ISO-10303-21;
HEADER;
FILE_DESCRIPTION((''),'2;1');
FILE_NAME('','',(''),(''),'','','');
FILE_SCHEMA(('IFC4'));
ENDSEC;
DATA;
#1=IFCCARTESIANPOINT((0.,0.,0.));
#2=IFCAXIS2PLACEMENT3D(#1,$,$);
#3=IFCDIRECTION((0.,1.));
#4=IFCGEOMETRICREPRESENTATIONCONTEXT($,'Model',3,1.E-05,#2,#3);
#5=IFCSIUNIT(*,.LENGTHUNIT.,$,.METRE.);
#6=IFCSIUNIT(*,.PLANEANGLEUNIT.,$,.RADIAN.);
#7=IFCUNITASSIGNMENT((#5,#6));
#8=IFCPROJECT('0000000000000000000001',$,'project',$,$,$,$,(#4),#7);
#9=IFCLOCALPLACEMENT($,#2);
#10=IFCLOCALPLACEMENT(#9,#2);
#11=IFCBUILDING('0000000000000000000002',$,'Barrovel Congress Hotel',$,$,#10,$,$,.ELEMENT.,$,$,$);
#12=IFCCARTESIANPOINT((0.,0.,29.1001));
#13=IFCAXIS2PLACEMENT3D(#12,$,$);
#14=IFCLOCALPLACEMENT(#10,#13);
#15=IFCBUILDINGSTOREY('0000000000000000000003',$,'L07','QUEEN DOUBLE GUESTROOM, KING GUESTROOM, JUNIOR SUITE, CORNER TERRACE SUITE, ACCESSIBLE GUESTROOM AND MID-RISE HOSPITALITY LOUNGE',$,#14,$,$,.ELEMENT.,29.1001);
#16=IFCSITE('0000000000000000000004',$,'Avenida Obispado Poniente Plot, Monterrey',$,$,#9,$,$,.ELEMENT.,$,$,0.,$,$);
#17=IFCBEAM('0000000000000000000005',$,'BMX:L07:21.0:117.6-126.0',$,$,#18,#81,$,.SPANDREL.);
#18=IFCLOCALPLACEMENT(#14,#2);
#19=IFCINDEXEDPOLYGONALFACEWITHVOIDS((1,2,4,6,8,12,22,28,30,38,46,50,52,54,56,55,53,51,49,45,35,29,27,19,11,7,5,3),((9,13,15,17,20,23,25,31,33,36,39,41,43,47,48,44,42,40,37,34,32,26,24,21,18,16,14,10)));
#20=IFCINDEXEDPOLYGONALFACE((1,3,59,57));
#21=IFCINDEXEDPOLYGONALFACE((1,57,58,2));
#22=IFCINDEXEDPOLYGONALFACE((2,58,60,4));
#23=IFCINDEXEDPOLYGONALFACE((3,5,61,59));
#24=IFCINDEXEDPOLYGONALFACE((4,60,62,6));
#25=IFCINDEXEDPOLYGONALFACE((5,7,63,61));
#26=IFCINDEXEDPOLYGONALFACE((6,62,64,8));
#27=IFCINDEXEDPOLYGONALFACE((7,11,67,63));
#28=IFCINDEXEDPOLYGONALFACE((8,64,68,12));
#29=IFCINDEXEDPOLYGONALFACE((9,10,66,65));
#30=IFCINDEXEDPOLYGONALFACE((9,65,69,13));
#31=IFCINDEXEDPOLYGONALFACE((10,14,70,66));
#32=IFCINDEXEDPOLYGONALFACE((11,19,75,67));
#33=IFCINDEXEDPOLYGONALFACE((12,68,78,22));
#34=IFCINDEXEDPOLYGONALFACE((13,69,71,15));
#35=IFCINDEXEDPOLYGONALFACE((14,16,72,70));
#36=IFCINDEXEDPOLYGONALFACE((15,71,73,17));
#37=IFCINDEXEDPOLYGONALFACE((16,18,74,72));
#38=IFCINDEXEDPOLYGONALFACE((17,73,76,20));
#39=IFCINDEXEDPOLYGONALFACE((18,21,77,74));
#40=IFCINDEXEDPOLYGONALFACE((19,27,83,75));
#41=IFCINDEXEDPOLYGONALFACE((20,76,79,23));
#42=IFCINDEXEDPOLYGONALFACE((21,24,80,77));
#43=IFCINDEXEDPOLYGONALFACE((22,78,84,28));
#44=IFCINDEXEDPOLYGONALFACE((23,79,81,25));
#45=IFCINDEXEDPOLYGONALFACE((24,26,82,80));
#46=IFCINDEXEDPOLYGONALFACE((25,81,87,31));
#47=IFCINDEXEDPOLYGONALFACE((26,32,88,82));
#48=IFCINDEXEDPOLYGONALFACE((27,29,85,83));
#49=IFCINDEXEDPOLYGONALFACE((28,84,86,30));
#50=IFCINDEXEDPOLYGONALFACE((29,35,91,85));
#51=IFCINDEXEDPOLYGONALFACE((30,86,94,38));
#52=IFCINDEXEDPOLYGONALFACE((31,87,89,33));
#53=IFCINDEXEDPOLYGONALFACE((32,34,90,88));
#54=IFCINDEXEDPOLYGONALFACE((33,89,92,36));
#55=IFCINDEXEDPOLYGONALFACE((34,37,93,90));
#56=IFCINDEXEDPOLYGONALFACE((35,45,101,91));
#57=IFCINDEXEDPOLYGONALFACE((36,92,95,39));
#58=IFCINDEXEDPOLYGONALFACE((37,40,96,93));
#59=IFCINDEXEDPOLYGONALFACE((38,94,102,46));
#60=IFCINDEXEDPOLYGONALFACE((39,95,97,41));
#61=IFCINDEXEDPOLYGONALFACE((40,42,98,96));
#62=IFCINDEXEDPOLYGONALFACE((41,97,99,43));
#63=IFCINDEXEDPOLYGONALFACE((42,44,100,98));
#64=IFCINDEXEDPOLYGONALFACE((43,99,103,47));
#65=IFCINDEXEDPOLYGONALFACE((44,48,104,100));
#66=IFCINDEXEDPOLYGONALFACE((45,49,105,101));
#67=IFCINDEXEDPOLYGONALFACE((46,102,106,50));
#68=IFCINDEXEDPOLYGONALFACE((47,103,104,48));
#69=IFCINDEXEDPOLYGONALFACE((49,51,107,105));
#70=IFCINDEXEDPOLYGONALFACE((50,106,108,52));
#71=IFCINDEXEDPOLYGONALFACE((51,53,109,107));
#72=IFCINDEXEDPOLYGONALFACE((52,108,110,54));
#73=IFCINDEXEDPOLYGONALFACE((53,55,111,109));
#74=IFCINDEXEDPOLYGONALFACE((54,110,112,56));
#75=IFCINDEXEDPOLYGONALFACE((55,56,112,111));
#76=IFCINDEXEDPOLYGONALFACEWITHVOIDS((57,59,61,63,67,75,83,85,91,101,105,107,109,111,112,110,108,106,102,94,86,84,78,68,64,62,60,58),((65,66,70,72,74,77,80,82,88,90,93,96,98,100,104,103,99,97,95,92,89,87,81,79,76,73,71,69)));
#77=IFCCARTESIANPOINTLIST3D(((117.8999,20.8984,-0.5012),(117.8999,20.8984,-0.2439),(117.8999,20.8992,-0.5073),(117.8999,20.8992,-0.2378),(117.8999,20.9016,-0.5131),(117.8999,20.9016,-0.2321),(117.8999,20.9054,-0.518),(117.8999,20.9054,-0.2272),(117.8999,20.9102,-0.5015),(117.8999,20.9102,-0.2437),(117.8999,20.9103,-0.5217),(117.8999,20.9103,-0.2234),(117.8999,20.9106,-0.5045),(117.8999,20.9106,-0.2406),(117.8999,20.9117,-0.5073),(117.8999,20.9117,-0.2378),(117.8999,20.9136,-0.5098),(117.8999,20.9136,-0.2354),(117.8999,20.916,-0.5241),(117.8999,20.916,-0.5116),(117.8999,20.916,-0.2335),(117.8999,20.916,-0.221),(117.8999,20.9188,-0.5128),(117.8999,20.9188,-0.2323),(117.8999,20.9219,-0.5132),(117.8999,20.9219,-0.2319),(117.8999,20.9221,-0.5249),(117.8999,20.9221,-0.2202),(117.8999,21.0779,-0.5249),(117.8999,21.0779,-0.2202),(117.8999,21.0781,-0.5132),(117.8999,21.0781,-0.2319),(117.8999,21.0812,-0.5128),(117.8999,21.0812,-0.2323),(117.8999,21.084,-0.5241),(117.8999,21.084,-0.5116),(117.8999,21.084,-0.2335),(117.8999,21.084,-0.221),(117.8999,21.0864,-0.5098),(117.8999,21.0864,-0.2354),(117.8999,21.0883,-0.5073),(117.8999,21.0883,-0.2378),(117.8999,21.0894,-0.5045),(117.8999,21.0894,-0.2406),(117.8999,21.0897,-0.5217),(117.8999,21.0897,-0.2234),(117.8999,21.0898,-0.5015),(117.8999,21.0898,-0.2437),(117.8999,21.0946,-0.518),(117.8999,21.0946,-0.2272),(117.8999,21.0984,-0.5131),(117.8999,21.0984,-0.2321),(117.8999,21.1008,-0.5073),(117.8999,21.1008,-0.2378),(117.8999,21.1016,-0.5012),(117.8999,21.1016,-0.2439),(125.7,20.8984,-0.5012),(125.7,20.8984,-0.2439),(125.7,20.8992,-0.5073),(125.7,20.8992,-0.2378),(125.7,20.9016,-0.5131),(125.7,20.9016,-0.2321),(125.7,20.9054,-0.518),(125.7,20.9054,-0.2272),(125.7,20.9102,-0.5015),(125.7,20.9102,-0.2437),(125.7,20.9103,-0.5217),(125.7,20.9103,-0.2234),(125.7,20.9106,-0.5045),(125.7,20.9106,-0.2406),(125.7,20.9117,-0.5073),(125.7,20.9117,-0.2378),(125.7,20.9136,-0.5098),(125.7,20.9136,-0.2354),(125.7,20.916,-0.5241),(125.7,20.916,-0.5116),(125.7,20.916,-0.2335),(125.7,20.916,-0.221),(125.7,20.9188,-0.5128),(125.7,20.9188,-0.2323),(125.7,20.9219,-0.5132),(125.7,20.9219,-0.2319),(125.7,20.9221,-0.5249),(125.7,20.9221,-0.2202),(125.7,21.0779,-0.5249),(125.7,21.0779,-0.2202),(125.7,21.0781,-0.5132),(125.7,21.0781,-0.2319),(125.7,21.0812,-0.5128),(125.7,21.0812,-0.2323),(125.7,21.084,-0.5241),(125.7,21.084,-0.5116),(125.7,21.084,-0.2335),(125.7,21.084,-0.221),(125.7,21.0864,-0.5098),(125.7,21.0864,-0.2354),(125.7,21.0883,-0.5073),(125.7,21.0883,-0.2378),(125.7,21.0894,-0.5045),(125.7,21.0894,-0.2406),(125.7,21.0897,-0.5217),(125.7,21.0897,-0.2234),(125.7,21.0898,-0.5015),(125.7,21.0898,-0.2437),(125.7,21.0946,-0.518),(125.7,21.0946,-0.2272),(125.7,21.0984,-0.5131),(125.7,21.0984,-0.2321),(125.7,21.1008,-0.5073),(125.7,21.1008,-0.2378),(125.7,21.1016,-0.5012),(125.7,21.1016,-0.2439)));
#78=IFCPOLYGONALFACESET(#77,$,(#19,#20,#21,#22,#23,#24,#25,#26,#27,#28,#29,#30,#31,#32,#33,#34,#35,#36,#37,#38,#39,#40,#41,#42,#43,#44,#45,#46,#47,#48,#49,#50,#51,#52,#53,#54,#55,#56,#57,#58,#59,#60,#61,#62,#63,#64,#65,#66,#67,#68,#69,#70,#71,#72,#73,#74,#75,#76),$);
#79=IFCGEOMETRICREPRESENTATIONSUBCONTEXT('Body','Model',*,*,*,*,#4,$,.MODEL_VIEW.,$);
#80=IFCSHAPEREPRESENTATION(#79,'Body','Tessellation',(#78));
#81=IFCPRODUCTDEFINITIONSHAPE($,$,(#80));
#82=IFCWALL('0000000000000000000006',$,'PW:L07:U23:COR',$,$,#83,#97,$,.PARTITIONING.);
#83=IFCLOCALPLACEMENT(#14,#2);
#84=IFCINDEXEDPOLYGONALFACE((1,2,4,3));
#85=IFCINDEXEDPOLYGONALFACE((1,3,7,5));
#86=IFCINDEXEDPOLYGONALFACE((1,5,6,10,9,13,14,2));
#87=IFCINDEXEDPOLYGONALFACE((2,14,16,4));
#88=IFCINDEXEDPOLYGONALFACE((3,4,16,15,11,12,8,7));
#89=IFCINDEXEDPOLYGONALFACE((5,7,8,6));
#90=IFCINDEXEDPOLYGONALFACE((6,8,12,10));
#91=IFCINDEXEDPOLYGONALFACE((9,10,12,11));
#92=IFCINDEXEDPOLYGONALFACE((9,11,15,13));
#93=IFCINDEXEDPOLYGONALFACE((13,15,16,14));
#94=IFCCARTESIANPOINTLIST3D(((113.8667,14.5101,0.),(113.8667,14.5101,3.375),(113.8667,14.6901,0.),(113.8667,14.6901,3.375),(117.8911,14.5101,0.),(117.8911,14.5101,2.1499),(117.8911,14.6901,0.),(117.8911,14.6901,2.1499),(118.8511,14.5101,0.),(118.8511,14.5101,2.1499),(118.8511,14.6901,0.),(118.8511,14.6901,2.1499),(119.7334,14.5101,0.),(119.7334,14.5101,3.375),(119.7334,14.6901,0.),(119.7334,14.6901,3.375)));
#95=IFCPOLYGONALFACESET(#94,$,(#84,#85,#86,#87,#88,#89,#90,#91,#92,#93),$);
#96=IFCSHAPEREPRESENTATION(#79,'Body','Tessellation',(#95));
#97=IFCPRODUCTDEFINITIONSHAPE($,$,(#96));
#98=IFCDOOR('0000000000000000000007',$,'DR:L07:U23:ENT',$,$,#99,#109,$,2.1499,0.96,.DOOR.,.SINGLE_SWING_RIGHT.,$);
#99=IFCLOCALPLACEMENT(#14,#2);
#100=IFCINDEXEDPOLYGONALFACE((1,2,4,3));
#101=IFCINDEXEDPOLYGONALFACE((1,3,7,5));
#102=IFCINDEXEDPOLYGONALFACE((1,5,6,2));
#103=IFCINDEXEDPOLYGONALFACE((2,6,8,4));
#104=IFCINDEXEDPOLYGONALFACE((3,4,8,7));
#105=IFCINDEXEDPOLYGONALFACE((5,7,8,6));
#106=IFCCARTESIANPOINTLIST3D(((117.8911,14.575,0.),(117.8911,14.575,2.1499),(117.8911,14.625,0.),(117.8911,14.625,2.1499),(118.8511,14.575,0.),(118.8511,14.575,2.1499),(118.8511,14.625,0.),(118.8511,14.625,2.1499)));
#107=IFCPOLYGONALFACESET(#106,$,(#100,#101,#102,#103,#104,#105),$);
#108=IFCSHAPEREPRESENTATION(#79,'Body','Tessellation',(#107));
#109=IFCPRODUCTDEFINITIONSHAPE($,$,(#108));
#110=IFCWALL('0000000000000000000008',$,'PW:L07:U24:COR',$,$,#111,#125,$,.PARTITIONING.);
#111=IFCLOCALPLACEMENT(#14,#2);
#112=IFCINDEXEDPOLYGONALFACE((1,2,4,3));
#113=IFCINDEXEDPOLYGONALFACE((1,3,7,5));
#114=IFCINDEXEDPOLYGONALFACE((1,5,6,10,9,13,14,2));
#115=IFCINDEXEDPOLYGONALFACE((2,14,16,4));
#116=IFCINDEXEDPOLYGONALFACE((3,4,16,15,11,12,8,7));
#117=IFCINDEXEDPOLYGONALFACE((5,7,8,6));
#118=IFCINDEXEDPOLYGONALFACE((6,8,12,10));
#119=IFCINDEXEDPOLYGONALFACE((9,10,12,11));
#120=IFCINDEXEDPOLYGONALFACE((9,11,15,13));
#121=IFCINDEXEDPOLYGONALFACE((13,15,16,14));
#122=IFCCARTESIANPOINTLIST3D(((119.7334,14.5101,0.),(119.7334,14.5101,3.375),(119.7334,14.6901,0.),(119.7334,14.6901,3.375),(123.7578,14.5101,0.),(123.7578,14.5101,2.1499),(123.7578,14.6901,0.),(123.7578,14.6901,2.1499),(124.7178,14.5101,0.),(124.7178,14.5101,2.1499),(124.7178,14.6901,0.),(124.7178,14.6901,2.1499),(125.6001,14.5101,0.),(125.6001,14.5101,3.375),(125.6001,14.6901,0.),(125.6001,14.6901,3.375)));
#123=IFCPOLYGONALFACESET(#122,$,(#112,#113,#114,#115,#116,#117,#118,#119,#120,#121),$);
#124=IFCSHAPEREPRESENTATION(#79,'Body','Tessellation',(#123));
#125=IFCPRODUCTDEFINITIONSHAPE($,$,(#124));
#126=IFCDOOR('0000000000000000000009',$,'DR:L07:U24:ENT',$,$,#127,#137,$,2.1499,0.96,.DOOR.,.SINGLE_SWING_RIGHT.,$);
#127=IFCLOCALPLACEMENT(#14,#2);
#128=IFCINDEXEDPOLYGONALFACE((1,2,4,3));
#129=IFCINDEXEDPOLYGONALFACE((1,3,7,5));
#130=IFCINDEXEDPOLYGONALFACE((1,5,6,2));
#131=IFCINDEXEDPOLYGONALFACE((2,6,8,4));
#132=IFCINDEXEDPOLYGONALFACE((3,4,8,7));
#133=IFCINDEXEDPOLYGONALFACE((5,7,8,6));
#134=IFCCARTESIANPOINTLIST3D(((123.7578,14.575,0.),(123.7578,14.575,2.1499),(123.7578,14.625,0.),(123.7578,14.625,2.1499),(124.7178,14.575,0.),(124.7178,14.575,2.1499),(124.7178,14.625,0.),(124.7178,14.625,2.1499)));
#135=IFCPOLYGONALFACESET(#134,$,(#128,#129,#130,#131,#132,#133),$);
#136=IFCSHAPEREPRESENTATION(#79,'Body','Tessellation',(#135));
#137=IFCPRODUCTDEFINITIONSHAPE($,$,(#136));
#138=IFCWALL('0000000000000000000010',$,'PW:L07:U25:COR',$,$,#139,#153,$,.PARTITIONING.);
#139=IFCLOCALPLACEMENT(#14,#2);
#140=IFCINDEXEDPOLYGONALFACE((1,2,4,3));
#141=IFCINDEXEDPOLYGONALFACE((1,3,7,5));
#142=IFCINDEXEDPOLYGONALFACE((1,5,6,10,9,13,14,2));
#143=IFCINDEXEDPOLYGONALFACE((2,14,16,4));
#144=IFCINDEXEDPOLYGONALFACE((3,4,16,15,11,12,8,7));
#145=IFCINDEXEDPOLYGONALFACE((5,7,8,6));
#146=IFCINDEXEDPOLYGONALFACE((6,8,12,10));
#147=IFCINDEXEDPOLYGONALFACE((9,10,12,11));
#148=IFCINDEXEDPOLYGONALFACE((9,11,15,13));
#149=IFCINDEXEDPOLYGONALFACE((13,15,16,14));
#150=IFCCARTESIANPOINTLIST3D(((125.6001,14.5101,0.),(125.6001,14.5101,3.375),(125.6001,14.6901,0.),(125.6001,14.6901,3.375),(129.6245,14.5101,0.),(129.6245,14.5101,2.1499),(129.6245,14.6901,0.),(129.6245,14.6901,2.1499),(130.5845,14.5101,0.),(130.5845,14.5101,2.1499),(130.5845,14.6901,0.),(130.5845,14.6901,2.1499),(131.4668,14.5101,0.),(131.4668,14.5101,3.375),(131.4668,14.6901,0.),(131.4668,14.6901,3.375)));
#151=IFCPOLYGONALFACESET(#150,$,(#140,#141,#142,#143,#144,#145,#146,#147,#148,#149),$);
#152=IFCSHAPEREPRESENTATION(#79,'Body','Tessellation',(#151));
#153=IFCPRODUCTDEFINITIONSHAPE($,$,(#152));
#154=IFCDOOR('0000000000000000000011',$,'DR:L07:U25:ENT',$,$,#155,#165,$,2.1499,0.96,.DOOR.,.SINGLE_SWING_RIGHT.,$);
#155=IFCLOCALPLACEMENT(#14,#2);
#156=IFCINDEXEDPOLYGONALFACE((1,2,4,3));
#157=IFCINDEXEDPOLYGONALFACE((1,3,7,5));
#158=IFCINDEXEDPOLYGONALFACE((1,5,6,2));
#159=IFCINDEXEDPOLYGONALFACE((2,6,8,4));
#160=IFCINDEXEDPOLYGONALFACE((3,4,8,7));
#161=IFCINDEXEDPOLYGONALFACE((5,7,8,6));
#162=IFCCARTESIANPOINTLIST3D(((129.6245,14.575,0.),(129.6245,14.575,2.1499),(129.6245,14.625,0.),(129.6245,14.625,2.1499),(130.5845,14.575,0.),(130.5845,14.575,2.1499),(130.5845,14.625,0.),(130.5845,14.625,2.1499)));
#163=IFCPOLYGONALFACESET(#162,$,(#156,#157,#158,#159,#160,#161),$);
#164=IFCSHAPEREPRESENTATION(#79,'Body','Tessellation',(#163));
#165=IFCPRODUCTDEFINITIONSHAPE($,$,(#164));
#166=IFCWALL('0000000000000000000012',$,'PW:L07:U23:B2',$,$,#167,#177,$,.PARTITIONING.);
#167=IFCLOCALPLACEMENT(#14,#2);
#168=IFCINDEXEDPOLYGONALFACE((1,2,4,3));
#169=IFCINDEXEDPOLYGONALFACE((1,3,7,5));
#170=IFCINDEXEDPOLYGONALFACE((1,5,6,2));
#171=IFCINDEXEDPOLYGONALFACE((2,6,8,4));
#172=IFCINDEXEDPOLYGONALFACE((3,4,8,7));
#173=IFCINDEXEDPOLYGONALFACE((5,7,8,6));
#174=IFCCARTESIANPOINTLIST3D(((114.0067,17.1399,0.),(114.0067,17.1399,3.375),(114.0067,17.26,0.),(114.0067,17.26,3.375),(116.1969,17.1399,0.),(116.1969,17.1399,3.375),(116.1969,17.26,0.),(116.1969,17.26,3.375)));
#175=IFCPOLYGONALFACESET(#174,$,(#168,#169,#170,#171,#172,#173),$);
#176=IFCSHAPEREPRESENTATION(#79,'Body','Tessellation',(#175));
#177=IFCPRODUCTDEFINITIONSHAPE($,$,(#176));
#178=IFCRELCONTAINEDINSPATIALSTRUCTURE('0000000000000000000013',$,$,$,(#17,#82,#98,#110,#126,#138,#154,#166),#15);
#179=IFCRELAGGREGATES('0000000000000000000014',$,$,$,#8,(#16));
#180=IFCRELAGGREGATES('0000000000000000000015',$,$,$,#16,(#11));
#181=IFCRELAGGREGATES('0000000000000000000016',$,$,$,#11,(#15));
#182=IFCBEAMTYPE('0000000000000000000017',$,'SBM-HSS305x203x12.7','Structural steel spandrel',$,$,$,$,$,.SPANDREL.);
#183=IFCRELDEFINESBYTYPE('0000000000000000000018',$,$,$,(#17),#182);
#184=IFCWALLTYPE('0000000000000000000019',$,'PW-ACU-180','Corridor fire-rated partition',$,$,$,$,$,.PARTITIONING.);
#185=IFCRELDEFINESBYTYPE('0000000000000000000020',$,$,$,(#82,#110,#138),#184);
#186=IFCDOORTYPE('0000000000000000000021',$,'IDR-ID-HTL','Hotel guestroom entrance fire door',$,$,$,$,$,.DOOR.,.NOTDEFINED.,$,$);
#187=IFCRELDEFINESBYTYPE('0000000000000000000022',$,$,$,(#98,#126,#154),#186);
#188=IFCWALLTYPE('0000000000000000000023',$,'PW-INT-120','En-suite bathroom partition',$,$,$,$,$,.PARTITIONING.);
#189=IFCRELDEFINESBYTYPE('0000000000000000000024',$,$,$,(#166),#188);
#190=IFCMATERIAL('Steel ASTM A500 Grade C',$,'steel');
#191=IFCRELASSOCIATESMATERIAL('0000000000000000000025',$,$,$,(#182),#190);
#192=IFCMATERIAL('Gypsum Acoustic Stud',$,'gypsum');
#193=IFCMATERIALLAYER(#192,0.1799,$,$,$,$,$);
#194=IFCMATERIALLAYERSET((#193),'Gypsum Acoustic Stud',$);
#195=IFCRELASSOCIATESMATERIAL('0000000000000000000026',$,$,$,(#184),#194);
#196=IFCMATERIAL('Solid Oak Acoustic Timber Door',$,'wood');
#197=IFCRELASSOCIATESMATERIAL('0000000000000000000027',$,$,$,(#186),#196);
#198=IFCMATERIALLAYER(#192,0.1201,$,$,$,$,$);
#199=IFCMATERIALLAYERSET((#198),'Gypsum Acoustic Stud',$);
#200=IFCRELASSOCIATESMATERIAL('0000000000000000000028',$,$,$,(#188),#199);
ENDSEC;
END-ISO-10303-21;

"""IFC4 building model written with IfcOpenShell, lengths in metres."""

from ifc_helpers import new_model, si_unit, direction, frame, frame_2d, origin, origin_2d, place, context, subcontext, project, spatial, rectangle, hollow_rectangle, extrude, material, layer, layer_set, material_profile, profile_set, type_object, element, fill, save


model = new_model("IFC4")

# Units and contexts
model_context = context("Model", 3, precision=1e-05, world=origin(), true_north=direction((0.0, 1.0)))
body_context = subcontext(model_context, "Body", "Model", "MODEL_VIEW")
ifc_project = project(units=[si_unit("LENGTHUNIT", "METRE"), si_unit("PLANEANGLEUNIT", "RADIAN")], contexts=[model_context])

# Site, building, storey
site_placement = place(None, origin())
site = spatial("IfcSite", under=ifc_project, at=site_placement, Name="Avenida Obispado Poniente Plot, Monterrey", CompositionType="ELEMENT", RefElevation=0.0)
building_placement = place(site_placement, origin())
building = spatial("IfcBuilding", under=site, at=building_placement, Name="Barrovel Congress Hotel", CompositionType="ELEMENT")
storey_placement = place(building_placement, frame((0.0, 0.0, 29.1001)))
storey = spatial("IfcBuildingStorey", under=building, at=storey_placement, Name="L07", Description="QUEEN DOUBLE GUESTROOM, KING GUESTROOM, JUNIOR SUITE, CORNER TERRACE SUITE, ACCESSIBLE GUESTROOM AND MID-RISE HOSPITALITY LOUNGE", CompositionType="ELEMENT", Elevation=29.1001)

# Beam
ifc_material_1 = material(Name="Steel ASTM A500 Grade C", Category="steel")
ifc_material_profile_1 = material_profile(ifc_material_1, hollow_rectangle(XDim=0.2031, YDim=0.3047, WallThickness=0.0117, InnerFilletRadius=0.0117, OuterFilletRadius=0.0237, at=origin_2d()), Name="HSS305x203x12.7")
ifc_profile_set_1 = profile_set([ifc_material_profile_1], Name="Steel ASTM A500 Grade C")
beam_type_1 = type_object("IfcBeamType", Name="SBM-HSS305x203x12.7", Description="Structural steel spandrel", PredefinedType="SPANDREL", material=ifc_profile_set_1)
beam_1_placement = place(storey_placement, frame((117.8999, 21.0, -0.3726), z_axis=(1.0, 0.0, 0.0), x_axis=(0.0, 1.0, 0.0)))
element("IfcBeam", 1, at=beam_1_placement, inside=storey, type_object=beam_type_1, Name="BMX:L07:21.0:117.6-126.0", PredefinedType="SPANDREL", context=body_context, shape_type="SweptSolid", body=[
    extrude(hollow_rectangle(XDim=0.2031, YDim=0.3047, WallThickness=0.0117, InnerFilletRadius=0.0117, OuterFilletRadius=0.0237, at=origin_2d()), origin(), (0.0, 0.0, 1.0), 7.8),
])

# Walls, openings, doors
ifc_material_2 = material(Name="Gypsum Acoustic Stud", Category="gypsum")
ifc_layer_1 = layer(ifc_material_2, 0.1799)
ifc_layer_set_1 = layer_set([ifc_layer_1], Name="Gypsum Acoustic Stud")
wall_type_1 = type_object("IfcWallType", Name="PW-ACU-180", Description="Corridor fire-rated partition", PredefinedType="PARTITIONING", material=ifc_layer_set_1)
wall_1_placement = place(storey_placement, frame((113.8667, 14.6001, 0.0), z_axis=(0.0, 0.0, 1.0), x_axis=(1.0, 0.0, 0.0)))
wall_1 = element("IfcWall", 2, at=wall_1_placement, inside=storey, type_object=wall_type_1, Name="PW:L07:U23:COR", PredefinedType="PARTITIONING", context=body_context, shape_type="SweptSolid", body=[
    extrude(rectangle(XDim=5.8667, YDim=0.1799, at=frame_2d((2.9333, 0.0))), origin(), (0.0, 0.0, 1.0), 3.375),
])
opening_1_placement = place(wall_1_placement, frame((4.0244, 0.0, 0.0)))
opening_1 = element("IfcOpeningElement", 3, at=opening_1_placement, cuts=wall_1, PredefinedType="OPENING", context=body_context, shape_type="SweptSolid", body=[
    extrude(rectangle(XDim=0.96, YDim=2.1499, at=frame_2d((0.48, 1.075))), frame((0.0, 0.1001, 0.0), z_axis=(0.0, -1.0, 0.0), x_axis=(1.0, 0.0, 0.0)), (0.0, 0.0, 1.0), 0.2),
])
ifc_material_3 = material(Name="Solid Oak Acoustic Timber Door", Category="wood")
door_type_1 = type_object("IfcDoorType", Name="IDR-ID-HTL", Description="Hotel guestroom entrance fire door", OperationType="NOTDEFINED", PredefinedType="DOOR", material=ifc_material_3)
door_1_placement = place(opening_1_placement, origin())
door_1 = element("IfcDoor", 4, at=door_1_placement, inside=storey, type_object=door_type_1, Name="DR:L07:U23:ENT", OperationType="SINGLE_SWING_RIGHT", OverallHeight=2.1499, OverallWidth=0.96, PredefinedType="DOOR", context=body_context, shape_type="SweptSolid", body=[
    extrude(rectangle(XDim=0.96, YDim=2.1499, at=frame_2d((0.48, 1.075))), frame((0.0, 0.0249, 0.0), z_axis=(0.0, -1.0, 0.0), x_axis=(1.0, 0.0, 0.0)), (0.0, 0.0, 1.0), 0.05),
])
fill(opening_1, door_1)
wall_2_placement = place(storey_placement, frame((119.7334, 14.6001, 0.0), z_axis=(0.0, 0.0, 1.0), x_axis=(1.0, 0.0, 0.0)))
wall_2 = element("IfcWall", 5, at=wall_2_placement, inside=storey, type_object=wall_type_1, Name="PW:L07:U24:COR", PredefinedType="PARTITIONING", context=body_context, shape_type="SweptSolid", body=[
    extrude(rectangle(XDim=5.8667, YDim=0.1799, at=frame_2d((2.9333, 0.0))), origin(), (0.0, 0.0, 1.0), 3.375),
])
opening_2_placement = place(wall_2_placement, frame((4.0244, 0.0, 0.0)))
opening_2 = element("IfcOpeningElement", 6, at=opening_2_placement, cuts=wall_2, PredefinedType="OPENING", context=body_context, shape_type="SweptSolid", body=[
    extrude(rectangle(XDim=0.96, YDim=2.1499, at=frame_2d((0.48, 1.075))), frame((0.0, 0.1001, 0.0), z_axis=(0.0, -1.0, 0.0), x_axis=(1.0, 0.0, 0.0)), (0.0, 0.0, 1.0), 0.2),
])
door_2_placement = place(opening_2_placement, origin())
door_2 = element("IfcDoor", 7, at=door_2_placement, inside=storey, type_object=door_type_1, Name="DR:L07:U24:ENT", OperationType="SINGLE_SWING_RIGHT", OverallHeight=2.1499, OverallWidth=0.96, PredefinedType="DOOR", context=body_context, shape_type="SweptSolid", body=[
    extrude(rectangle(XDim=0.96, YDim=2.1499, at=frame_2d((0.48, 1.075))), frame((0.0, 0.0249, 0.0), z_axis=(0.0, -1.0, 0.0), x_axis=(1.0, 0.0, 0.0)), (0.0, 0.0, 1.0), 0.05),
])
fill(opening_2, door_2)
wall_3_placement = place(storey_placement, frame((125.6001, 14.6001, 0.0), z_axis=(0.0, 0.0, 1.0), x_axis=(1.0, 0.0, 0.0)))
wall_3 = element("IfcWall", 8, at=wall_3_placement, inside=storey, type_object=wall_type_1, Name="PW:L07:U25:COR", PredefinedType="PARTITIONING", context=body_context, shape_type="SweptSolid", body=[
    extrude(rectangle(XDim=5.8667, YDim=0.1799, at=frame_2d((2.9333, 0.0))), origin(), (0.0, 0.0, 1.0), 3.375),
])
opening_3_placement = place(wall_3_placement, frame((4.0244, 0.0, 0.0)))
opening_3 = element("IfcOpeningElement", 9, at=opening_3_placement, cuts=wall_3, PredefinedType="OPENING", context=body_context, shape_type="SweptSolid", body=[
    extrude(rectangle(XDim=0.96, YDim=2.1499, at=frame_2d((0.48, 1.075))), frame((0.0, 0.1001, 0.0), z_axis=(0.0, -1.0, 0.0), x_axis=(1.0, 0.0, 0.0)), (0.0, 0.0, 1.0), 0.2),
])
door_3_placement = place(opening_3_placement, origin())
door_3 = element("IfcDoor", 10, at=door_3_placement, inside=storey, type_object=door_type_1, Name="DR:L07:U25:ENT", OperationType="SINGLE_SWING_RIGHT", OverallHeight=2.1499, OverallWidth=0.96, PredefinedType="DOOR", context=body_context, shape_type="SweptSolid", body=[
    extrude(rectangle(XDim=0.96, YDim=2.1499, at=frame_2d((0.48, 1.075))), frame((0.0, 0.0249, 0.0), z_axis=(0.0, -1.0, 0.0), x_axis=(1.0, 0.0, 0.0)), (0.0, 0.0, 1.0), 0.05),
])
fill(opening_3, door_3)

# Wall
ifc_layer_2 = layer(ifc_material_2, 0.1201)
ifc_layer_set_2 = layer_set([ifc_layer_2], Name="Gypsum Acoustic Stud")
wall_type_2 = type_object("IfcWallType", Name="PW-INT-120", Description="En-suite bathroom partition", PredefinedType="PARTITIONING", material=ifc_layer_set_2)
wall_4_placement = place(storey_placement, frame((114.0066, 17.2, 0.0), z_axis=(0.0, 0.0, 1.0), x_axis=(1.0, 0.0, 0.0)))
element("IfcWall", 11, at=wall_4_placement, inside=storey, type_object=wall_type_2, Name="PW:L07:U23:B2", PredefinedType="PARTITIONING", context=body_context, shape_type="SweptSolid", body=[
    extrude(rectangle(XDim=2.1902, YDim=0.1201, at=frame_2d((1.0952, 0.0))), origin(), (0.0, 0.0, 1.0), 3.375),
])

save(model, "model.ifc")
